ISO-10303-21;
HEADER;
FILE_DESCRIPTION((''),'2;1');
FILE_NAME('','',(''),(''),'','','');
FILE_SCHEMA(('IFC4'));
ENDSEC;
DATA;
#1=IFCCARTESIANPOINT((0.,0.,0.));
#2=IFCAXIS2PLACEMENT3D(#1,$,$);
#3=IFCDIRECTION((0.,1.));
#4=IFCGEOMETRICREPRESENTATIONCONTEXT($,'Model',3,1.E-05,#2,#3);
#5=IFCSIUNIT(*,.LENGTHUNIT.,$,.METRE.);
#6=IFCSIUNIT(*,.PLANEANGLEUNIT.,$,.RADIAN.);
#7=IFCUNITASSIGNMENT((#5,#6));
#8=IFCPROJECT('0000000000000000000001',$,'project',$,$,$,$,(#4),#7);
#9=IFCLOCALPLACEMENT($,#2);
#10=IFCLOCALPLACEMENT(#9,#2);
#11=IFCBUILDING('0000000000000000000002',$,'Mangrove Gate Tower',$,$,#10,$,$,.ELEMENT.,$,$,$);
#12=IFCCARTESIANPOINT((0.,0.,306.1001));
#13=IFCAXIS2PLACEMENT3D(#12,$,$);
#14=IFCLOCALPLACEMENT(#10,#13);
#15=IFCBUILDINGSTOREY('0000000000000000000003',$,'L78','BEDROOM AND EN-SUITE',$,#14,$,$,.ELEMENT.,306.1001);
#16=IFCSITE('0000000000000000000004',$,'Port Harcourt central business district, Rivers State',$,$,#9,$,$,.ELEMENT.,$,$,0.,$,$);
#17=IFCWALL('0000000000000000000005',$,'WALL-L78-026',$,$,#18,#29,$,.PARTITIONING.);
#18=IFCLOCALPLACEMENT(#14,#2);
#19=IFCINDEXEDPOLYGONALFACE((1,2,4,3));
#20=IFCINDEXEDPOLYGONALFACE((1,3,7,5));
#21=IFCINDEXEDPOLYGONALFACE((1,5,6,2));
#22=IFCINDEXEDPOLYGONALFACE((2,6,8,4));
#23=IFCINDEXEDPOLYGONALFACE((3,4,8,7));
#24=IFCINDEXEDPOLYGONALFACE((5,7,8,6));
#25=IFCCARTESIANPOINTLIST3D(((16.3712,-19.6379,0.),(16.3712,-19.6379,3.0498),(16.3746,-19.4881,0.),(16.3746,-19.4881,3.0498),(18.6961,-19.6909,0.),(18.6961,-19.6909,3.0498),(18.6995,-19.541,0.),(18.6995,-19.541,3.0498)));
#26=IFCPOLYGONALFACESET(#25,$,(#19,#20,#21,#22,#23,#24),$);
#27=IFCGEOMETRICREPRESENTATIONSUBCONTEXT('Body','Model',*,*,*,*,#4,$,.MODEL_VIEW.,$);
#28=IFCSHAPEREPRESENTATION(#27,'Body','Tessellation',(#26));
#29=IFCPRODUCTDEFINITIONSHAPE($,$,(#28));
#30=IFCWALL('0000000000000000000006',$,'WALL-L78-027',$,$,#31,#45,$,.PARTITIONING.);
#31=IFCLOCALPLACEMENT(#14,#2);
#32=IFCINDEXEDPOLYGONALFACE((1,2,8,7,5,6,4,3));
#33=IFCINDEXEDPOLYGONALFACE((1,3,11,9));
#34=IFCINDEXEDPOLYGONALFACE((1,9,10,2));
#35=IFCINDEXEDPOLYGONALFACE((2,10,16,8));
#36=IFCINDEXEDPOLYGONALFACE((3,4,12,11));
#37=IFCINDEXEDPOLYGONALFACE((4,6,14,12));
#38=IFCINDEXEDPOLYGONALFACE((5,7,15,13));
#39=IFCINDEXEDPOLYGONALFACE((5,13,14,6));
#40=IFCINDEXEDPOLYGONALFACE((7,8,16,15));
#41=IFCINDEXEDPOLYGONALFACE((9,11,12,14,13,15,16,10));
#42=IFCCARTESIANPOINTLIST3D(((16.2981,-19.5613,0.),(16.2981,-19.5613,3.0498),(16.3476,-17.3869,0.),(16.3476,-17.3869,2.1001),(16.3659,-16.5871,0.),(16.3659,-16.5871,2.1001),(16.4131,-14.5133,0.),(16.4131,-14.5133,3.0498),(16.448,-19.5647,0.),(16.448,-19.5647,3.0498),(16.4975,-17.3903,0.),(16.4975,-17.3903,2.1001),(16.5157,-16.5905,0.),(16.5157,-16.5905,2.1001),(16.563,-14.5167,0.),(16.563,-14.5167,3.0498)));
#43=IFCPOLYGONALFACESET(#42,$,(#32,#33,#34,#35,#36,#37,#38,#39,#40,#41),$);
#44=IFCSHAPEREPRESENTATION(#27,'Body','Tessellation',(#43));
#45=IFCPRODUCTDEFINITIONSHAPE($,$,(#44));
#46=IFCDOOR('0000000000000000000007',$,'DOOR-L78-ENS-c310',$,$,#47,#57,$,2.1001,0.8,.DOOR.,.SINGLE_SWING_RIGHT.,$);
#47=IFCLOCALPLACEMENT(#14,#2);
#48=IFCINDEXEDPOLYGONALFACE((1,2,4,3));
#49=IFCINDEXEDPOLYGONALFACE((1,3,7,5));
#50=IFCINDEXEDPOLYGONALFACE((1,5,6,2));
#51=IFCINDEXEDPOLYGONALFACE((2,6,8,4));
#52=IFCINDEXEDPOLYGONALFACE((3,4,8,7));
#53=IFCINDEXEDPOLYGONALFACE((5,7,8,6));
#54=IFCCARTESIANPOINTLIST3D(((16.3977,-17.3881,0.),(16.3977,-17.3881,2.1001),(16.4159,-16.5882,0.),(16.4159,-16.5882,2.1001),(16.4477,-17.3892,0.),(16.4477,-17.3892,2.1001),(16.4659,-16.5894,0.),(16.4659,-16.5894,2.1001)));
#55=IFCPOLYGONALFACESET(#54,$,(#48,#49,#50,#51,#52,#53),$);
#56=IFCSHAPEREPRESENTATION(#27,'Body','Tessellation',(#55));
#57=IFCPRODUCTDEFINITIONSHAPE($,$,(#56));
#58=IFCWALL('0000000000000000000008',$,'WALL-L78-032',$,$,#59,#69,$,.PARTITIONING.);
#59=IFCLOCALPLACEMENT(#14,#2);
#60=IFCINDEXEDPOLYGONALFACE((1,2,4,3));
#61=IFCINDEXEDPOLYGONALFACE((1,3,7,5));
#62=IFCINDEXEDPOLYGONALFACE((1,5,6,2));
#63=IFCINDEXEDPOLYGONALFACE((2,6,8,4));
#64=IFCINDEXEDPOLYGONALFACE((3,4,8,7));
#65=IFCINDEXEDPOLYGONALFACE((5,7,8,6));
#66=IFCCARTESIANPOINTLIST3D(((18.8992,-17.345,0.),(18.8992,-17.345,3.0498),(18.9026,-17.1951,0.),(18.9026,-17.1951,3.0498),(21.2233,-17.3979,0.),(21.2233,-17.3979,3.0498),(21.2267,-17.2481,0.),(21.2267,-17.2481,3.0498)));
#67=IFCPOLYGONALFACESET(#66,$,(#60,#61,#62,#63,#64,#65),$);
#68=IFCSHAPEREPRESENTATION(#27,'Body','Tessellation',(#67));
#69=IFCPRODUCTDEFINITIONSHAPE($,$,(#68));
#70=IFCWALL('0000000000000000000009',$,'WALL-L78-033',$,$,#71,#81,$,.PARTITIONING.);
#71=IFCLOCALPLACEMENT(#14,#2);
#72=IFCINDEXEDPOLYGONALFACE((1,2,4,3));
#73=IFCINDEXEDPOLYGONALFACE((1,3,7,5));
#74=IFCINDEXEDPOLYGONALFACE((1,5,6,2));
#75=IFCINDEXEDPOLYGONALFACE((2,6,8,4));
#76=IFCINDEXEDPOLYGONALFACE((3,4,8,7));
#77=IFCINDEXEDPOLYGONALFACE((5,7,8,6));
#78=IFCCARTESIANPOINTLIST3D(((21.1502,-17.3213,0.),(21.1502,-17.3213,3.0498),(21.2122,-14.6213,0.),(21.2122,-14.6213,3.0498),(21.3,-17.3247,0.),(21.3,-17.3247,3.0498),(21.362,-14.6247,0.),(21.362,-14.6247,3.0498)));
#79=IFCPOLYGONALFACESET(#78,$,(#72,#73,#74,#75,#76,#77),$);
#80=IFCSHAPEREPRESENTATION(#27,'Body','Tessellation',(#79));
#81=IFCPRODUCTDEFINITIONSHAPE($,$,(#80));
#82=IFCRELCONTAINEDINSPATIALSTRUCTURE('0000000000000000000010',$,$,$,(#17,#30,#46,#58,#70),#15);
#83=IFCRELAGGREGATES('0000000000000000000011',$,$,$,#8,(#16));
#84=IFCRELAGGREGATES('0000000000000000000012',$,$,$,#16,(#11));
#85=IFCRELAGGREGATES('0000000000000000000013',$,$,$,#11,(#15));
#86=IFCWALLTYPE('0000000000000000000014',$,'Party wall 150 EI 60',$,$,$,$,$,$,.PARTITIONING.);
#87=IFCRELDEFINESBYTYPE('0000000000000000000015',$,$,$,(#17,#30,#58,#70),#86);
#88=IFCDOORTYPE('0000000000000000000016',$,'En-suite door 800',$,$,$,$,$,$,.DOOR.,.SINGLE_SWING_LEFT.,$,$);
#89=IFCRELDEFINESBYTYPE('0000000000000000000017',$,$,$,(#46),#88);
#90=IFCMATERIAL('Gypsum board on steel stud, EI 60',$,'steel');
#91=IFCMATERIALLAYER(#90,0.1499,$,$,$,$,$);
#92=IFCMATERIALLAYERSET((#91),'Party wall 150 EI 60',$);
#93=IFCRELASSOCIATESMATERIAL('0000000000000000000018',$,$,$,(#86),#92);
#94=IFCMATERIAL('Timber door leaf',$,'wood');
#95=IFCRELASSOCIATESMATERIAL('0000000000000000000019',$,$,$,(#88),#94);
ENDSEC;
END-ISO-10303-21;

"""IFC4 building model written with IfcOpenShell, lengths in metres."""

from ifc_helpers import new_model, si_unit, direction, frame, frame_2d, origin, place, context, subcontext, project, spatial, rectangle, extrude, material, layer, layer_set, type_object, element, fill, save


model = new_model("IFC4")

# Units and contexts
model_context = context("Model", 3, precision=1e-05, world=origin(), true_north=direction((0.0, 1.0)))
body_context = subcontext(model_context, "Body", "Model", "MODEL_VIEW")
ifc_project = project(units=[si_unit("LENGTHUNIT", "METRE"), si_unit("PLANEANGLEUNIT", "RADIAN")], contexts=[model_context])

# Site, building, storey
site_placement = place(None, origin())
site = spatial("IfcSite", under=ifc_project, at=site_placement, Name="Port Harcourt central business district, Rivers State", CompositionType="ELEMENT", RefElevation=0.0)
building_placement = place(site_placement, origin())
building = spatial("IfcBuilding", under=site, at=building_placement, Name="Mangrove Gate Tower", CompositionType="ELEMENT")
storey_placement = place(building_placement, frame((0.0, 0.0, 306.1001)))
storey = spatial("IfcBuildingStorey", under=building, at=storey_placement, Name="L78", Description="BEDROOM AND EN-SUITE", CompositionType="ELEMENT", Elevation=306.1001)

# Wall
ifc_material_1 = material(Name="Gypsum board on steel stud, EI 60", Category="steel")
ifc_layer_1 = layer(ifc_material_1, 0.1499)
ifc_layer_set_1 = layer_set([ifc_layer_1], Name="Party wall 150 EI 60")
wall_type_1 = type_object("IfcWallType", Name="Party wall 150 EI 60", PredefinedType="PARTITIONING", material=ifc_layer_set_1)
wall_1_placement = place(storey_placement, frame((16.373, -19.563, 0.0), z_axis=(0.0, 0.0, 1.0), x_axis=(0.99974, -0.022781, 0.0)))
element("IfcWall", 1, at=wall_1_placement, inside=storey, type_object=wall_type_1, Name="WALL-L78-026", PredefinedType="PARTITIONING", context=body_context, shape_type="SweptSolid", body=[
    extrude(rectangle(XDim=2.3254, YDim=0.1499, at=frame_2d((1.1626, 0.0))), origin(), (0.0, 0.0, 1.0), 3.0498),
])

# Wall, opening, door
wall_2_placement = place(storey_placement, frame((16.373, -19.563, 0.0), z_axis=(0.0, 0.0, 1.0), x_axis=(0.022773, 0.999741, 0.0)))
wall_2 = element("IfcWall", 2, at=wall_2_placement, inside=storey, type_object=wall_type_1, Name="WALL-L78-027", PredefinedType="PARTITIONING", context=body_context, shape_type="SweptSolid", body=[
    extrude(rectangle(XDim=5.0493, YDim=0.1499, at=frame_2d((2.5247, 0.0))), origin(), (0.0, 0.0, 1.0), 3.0498),
])
opening_1_placement = place(wall_2_placement, frame((2.175, 0.0, 0.0)))
opening_1 = element("IfcOpeningElement", 3, at=opening_1_placement, cuts=wall_2, PredefinedType="OPENING", context=body_context, shape_type="SweptSolid", body=[
    extrude(rectangle(XDim=0.8, YDim=2.1001, at=frame_2d((0.3999, 1.05))), frame((0.0, 0.085, 0.0), z_axis=(0.0, -1.0, 0.0), x_axis=(1.0, 0.0, 0.0)), (0.0, 0.0, 1.0), 0.1699),
])
ifc_material_2 = material(Name="Timber door leaf", Category="wood")
door_type_1 = type_object("IfcDoorType", Name="En-suite door 800", OperationType="SINGLE_SWING_LEFT", PredefinedType="DOOR", material=ifc_material_2)
door_1_placement = place(opening_1_placement, origin())
door_1 = element("IfcDoor", 4, at=door_1_placement, inside=storey, type_object=door_type_1, Name="DOOR-L78-ENS-c310", OperationType="SINGLE_SWING_RIGHT", OverallHeight=2.1001, OverallWidth=0.8, PredefinedType="DOOR", context=body_context, shape_type="SweptSolid", body=[
    extrude(rectangle(XDim=0.8, YDim=2.1001, at=frame_2d((0.3999, 1.05))), frame((0.0, 0.0249, 0.0), z_axis=(0.0, -1.0, 0.0), x_axis=(1.0, 0.0, 0.0)), (0.0, 0.0, 1.0), 0.05),
])
fill(opening_1, door_1)

# Walls
wall_3_placement = place(storey_placement, frame((18.9009, -17.27, 0.0), z_axis=(0.0, 0.0, 1.0), x_axis=(0.99974, -0.022788, 0.0)))
element("IfcWall", 5, at=wall_3_placement, inside=storey, type_object=wall_type_1, Name="WALL-L78-032", PredefinedType="PARTITIONING", context=body_context, shape_type="SweptSolid", body=[
    extrude(rectangle(XDim=2.3247, YDim=0.1499, at=frame_2d((1.1624, 0.0))), origin(), (0.0, 0.0, 1.0), 3.0498),
])
wall_4_placement = place(storey_placement, frame((21.2251, -17.323, 0.0), z_axis=(0.0, 0.0, 1.0), x_axis=(0.022962, 0.999736, 0.0)))
element("IfcWall", 6, at=wall_4_placement, inside=storey, type_object=wall_type_1, Name="WALL-L78-033", PredefinedType="PARTITIONING", context=body_context, shape_type="SweptSolid", body=[
    extrude(rectangle(XDim=2.7007, YDim=0.1499, at=frame_2d((1.3503, 0.0))), origin(), (0.0, 0.0, 1.0), 3.0498),
])

save(model, "model.ifc")
